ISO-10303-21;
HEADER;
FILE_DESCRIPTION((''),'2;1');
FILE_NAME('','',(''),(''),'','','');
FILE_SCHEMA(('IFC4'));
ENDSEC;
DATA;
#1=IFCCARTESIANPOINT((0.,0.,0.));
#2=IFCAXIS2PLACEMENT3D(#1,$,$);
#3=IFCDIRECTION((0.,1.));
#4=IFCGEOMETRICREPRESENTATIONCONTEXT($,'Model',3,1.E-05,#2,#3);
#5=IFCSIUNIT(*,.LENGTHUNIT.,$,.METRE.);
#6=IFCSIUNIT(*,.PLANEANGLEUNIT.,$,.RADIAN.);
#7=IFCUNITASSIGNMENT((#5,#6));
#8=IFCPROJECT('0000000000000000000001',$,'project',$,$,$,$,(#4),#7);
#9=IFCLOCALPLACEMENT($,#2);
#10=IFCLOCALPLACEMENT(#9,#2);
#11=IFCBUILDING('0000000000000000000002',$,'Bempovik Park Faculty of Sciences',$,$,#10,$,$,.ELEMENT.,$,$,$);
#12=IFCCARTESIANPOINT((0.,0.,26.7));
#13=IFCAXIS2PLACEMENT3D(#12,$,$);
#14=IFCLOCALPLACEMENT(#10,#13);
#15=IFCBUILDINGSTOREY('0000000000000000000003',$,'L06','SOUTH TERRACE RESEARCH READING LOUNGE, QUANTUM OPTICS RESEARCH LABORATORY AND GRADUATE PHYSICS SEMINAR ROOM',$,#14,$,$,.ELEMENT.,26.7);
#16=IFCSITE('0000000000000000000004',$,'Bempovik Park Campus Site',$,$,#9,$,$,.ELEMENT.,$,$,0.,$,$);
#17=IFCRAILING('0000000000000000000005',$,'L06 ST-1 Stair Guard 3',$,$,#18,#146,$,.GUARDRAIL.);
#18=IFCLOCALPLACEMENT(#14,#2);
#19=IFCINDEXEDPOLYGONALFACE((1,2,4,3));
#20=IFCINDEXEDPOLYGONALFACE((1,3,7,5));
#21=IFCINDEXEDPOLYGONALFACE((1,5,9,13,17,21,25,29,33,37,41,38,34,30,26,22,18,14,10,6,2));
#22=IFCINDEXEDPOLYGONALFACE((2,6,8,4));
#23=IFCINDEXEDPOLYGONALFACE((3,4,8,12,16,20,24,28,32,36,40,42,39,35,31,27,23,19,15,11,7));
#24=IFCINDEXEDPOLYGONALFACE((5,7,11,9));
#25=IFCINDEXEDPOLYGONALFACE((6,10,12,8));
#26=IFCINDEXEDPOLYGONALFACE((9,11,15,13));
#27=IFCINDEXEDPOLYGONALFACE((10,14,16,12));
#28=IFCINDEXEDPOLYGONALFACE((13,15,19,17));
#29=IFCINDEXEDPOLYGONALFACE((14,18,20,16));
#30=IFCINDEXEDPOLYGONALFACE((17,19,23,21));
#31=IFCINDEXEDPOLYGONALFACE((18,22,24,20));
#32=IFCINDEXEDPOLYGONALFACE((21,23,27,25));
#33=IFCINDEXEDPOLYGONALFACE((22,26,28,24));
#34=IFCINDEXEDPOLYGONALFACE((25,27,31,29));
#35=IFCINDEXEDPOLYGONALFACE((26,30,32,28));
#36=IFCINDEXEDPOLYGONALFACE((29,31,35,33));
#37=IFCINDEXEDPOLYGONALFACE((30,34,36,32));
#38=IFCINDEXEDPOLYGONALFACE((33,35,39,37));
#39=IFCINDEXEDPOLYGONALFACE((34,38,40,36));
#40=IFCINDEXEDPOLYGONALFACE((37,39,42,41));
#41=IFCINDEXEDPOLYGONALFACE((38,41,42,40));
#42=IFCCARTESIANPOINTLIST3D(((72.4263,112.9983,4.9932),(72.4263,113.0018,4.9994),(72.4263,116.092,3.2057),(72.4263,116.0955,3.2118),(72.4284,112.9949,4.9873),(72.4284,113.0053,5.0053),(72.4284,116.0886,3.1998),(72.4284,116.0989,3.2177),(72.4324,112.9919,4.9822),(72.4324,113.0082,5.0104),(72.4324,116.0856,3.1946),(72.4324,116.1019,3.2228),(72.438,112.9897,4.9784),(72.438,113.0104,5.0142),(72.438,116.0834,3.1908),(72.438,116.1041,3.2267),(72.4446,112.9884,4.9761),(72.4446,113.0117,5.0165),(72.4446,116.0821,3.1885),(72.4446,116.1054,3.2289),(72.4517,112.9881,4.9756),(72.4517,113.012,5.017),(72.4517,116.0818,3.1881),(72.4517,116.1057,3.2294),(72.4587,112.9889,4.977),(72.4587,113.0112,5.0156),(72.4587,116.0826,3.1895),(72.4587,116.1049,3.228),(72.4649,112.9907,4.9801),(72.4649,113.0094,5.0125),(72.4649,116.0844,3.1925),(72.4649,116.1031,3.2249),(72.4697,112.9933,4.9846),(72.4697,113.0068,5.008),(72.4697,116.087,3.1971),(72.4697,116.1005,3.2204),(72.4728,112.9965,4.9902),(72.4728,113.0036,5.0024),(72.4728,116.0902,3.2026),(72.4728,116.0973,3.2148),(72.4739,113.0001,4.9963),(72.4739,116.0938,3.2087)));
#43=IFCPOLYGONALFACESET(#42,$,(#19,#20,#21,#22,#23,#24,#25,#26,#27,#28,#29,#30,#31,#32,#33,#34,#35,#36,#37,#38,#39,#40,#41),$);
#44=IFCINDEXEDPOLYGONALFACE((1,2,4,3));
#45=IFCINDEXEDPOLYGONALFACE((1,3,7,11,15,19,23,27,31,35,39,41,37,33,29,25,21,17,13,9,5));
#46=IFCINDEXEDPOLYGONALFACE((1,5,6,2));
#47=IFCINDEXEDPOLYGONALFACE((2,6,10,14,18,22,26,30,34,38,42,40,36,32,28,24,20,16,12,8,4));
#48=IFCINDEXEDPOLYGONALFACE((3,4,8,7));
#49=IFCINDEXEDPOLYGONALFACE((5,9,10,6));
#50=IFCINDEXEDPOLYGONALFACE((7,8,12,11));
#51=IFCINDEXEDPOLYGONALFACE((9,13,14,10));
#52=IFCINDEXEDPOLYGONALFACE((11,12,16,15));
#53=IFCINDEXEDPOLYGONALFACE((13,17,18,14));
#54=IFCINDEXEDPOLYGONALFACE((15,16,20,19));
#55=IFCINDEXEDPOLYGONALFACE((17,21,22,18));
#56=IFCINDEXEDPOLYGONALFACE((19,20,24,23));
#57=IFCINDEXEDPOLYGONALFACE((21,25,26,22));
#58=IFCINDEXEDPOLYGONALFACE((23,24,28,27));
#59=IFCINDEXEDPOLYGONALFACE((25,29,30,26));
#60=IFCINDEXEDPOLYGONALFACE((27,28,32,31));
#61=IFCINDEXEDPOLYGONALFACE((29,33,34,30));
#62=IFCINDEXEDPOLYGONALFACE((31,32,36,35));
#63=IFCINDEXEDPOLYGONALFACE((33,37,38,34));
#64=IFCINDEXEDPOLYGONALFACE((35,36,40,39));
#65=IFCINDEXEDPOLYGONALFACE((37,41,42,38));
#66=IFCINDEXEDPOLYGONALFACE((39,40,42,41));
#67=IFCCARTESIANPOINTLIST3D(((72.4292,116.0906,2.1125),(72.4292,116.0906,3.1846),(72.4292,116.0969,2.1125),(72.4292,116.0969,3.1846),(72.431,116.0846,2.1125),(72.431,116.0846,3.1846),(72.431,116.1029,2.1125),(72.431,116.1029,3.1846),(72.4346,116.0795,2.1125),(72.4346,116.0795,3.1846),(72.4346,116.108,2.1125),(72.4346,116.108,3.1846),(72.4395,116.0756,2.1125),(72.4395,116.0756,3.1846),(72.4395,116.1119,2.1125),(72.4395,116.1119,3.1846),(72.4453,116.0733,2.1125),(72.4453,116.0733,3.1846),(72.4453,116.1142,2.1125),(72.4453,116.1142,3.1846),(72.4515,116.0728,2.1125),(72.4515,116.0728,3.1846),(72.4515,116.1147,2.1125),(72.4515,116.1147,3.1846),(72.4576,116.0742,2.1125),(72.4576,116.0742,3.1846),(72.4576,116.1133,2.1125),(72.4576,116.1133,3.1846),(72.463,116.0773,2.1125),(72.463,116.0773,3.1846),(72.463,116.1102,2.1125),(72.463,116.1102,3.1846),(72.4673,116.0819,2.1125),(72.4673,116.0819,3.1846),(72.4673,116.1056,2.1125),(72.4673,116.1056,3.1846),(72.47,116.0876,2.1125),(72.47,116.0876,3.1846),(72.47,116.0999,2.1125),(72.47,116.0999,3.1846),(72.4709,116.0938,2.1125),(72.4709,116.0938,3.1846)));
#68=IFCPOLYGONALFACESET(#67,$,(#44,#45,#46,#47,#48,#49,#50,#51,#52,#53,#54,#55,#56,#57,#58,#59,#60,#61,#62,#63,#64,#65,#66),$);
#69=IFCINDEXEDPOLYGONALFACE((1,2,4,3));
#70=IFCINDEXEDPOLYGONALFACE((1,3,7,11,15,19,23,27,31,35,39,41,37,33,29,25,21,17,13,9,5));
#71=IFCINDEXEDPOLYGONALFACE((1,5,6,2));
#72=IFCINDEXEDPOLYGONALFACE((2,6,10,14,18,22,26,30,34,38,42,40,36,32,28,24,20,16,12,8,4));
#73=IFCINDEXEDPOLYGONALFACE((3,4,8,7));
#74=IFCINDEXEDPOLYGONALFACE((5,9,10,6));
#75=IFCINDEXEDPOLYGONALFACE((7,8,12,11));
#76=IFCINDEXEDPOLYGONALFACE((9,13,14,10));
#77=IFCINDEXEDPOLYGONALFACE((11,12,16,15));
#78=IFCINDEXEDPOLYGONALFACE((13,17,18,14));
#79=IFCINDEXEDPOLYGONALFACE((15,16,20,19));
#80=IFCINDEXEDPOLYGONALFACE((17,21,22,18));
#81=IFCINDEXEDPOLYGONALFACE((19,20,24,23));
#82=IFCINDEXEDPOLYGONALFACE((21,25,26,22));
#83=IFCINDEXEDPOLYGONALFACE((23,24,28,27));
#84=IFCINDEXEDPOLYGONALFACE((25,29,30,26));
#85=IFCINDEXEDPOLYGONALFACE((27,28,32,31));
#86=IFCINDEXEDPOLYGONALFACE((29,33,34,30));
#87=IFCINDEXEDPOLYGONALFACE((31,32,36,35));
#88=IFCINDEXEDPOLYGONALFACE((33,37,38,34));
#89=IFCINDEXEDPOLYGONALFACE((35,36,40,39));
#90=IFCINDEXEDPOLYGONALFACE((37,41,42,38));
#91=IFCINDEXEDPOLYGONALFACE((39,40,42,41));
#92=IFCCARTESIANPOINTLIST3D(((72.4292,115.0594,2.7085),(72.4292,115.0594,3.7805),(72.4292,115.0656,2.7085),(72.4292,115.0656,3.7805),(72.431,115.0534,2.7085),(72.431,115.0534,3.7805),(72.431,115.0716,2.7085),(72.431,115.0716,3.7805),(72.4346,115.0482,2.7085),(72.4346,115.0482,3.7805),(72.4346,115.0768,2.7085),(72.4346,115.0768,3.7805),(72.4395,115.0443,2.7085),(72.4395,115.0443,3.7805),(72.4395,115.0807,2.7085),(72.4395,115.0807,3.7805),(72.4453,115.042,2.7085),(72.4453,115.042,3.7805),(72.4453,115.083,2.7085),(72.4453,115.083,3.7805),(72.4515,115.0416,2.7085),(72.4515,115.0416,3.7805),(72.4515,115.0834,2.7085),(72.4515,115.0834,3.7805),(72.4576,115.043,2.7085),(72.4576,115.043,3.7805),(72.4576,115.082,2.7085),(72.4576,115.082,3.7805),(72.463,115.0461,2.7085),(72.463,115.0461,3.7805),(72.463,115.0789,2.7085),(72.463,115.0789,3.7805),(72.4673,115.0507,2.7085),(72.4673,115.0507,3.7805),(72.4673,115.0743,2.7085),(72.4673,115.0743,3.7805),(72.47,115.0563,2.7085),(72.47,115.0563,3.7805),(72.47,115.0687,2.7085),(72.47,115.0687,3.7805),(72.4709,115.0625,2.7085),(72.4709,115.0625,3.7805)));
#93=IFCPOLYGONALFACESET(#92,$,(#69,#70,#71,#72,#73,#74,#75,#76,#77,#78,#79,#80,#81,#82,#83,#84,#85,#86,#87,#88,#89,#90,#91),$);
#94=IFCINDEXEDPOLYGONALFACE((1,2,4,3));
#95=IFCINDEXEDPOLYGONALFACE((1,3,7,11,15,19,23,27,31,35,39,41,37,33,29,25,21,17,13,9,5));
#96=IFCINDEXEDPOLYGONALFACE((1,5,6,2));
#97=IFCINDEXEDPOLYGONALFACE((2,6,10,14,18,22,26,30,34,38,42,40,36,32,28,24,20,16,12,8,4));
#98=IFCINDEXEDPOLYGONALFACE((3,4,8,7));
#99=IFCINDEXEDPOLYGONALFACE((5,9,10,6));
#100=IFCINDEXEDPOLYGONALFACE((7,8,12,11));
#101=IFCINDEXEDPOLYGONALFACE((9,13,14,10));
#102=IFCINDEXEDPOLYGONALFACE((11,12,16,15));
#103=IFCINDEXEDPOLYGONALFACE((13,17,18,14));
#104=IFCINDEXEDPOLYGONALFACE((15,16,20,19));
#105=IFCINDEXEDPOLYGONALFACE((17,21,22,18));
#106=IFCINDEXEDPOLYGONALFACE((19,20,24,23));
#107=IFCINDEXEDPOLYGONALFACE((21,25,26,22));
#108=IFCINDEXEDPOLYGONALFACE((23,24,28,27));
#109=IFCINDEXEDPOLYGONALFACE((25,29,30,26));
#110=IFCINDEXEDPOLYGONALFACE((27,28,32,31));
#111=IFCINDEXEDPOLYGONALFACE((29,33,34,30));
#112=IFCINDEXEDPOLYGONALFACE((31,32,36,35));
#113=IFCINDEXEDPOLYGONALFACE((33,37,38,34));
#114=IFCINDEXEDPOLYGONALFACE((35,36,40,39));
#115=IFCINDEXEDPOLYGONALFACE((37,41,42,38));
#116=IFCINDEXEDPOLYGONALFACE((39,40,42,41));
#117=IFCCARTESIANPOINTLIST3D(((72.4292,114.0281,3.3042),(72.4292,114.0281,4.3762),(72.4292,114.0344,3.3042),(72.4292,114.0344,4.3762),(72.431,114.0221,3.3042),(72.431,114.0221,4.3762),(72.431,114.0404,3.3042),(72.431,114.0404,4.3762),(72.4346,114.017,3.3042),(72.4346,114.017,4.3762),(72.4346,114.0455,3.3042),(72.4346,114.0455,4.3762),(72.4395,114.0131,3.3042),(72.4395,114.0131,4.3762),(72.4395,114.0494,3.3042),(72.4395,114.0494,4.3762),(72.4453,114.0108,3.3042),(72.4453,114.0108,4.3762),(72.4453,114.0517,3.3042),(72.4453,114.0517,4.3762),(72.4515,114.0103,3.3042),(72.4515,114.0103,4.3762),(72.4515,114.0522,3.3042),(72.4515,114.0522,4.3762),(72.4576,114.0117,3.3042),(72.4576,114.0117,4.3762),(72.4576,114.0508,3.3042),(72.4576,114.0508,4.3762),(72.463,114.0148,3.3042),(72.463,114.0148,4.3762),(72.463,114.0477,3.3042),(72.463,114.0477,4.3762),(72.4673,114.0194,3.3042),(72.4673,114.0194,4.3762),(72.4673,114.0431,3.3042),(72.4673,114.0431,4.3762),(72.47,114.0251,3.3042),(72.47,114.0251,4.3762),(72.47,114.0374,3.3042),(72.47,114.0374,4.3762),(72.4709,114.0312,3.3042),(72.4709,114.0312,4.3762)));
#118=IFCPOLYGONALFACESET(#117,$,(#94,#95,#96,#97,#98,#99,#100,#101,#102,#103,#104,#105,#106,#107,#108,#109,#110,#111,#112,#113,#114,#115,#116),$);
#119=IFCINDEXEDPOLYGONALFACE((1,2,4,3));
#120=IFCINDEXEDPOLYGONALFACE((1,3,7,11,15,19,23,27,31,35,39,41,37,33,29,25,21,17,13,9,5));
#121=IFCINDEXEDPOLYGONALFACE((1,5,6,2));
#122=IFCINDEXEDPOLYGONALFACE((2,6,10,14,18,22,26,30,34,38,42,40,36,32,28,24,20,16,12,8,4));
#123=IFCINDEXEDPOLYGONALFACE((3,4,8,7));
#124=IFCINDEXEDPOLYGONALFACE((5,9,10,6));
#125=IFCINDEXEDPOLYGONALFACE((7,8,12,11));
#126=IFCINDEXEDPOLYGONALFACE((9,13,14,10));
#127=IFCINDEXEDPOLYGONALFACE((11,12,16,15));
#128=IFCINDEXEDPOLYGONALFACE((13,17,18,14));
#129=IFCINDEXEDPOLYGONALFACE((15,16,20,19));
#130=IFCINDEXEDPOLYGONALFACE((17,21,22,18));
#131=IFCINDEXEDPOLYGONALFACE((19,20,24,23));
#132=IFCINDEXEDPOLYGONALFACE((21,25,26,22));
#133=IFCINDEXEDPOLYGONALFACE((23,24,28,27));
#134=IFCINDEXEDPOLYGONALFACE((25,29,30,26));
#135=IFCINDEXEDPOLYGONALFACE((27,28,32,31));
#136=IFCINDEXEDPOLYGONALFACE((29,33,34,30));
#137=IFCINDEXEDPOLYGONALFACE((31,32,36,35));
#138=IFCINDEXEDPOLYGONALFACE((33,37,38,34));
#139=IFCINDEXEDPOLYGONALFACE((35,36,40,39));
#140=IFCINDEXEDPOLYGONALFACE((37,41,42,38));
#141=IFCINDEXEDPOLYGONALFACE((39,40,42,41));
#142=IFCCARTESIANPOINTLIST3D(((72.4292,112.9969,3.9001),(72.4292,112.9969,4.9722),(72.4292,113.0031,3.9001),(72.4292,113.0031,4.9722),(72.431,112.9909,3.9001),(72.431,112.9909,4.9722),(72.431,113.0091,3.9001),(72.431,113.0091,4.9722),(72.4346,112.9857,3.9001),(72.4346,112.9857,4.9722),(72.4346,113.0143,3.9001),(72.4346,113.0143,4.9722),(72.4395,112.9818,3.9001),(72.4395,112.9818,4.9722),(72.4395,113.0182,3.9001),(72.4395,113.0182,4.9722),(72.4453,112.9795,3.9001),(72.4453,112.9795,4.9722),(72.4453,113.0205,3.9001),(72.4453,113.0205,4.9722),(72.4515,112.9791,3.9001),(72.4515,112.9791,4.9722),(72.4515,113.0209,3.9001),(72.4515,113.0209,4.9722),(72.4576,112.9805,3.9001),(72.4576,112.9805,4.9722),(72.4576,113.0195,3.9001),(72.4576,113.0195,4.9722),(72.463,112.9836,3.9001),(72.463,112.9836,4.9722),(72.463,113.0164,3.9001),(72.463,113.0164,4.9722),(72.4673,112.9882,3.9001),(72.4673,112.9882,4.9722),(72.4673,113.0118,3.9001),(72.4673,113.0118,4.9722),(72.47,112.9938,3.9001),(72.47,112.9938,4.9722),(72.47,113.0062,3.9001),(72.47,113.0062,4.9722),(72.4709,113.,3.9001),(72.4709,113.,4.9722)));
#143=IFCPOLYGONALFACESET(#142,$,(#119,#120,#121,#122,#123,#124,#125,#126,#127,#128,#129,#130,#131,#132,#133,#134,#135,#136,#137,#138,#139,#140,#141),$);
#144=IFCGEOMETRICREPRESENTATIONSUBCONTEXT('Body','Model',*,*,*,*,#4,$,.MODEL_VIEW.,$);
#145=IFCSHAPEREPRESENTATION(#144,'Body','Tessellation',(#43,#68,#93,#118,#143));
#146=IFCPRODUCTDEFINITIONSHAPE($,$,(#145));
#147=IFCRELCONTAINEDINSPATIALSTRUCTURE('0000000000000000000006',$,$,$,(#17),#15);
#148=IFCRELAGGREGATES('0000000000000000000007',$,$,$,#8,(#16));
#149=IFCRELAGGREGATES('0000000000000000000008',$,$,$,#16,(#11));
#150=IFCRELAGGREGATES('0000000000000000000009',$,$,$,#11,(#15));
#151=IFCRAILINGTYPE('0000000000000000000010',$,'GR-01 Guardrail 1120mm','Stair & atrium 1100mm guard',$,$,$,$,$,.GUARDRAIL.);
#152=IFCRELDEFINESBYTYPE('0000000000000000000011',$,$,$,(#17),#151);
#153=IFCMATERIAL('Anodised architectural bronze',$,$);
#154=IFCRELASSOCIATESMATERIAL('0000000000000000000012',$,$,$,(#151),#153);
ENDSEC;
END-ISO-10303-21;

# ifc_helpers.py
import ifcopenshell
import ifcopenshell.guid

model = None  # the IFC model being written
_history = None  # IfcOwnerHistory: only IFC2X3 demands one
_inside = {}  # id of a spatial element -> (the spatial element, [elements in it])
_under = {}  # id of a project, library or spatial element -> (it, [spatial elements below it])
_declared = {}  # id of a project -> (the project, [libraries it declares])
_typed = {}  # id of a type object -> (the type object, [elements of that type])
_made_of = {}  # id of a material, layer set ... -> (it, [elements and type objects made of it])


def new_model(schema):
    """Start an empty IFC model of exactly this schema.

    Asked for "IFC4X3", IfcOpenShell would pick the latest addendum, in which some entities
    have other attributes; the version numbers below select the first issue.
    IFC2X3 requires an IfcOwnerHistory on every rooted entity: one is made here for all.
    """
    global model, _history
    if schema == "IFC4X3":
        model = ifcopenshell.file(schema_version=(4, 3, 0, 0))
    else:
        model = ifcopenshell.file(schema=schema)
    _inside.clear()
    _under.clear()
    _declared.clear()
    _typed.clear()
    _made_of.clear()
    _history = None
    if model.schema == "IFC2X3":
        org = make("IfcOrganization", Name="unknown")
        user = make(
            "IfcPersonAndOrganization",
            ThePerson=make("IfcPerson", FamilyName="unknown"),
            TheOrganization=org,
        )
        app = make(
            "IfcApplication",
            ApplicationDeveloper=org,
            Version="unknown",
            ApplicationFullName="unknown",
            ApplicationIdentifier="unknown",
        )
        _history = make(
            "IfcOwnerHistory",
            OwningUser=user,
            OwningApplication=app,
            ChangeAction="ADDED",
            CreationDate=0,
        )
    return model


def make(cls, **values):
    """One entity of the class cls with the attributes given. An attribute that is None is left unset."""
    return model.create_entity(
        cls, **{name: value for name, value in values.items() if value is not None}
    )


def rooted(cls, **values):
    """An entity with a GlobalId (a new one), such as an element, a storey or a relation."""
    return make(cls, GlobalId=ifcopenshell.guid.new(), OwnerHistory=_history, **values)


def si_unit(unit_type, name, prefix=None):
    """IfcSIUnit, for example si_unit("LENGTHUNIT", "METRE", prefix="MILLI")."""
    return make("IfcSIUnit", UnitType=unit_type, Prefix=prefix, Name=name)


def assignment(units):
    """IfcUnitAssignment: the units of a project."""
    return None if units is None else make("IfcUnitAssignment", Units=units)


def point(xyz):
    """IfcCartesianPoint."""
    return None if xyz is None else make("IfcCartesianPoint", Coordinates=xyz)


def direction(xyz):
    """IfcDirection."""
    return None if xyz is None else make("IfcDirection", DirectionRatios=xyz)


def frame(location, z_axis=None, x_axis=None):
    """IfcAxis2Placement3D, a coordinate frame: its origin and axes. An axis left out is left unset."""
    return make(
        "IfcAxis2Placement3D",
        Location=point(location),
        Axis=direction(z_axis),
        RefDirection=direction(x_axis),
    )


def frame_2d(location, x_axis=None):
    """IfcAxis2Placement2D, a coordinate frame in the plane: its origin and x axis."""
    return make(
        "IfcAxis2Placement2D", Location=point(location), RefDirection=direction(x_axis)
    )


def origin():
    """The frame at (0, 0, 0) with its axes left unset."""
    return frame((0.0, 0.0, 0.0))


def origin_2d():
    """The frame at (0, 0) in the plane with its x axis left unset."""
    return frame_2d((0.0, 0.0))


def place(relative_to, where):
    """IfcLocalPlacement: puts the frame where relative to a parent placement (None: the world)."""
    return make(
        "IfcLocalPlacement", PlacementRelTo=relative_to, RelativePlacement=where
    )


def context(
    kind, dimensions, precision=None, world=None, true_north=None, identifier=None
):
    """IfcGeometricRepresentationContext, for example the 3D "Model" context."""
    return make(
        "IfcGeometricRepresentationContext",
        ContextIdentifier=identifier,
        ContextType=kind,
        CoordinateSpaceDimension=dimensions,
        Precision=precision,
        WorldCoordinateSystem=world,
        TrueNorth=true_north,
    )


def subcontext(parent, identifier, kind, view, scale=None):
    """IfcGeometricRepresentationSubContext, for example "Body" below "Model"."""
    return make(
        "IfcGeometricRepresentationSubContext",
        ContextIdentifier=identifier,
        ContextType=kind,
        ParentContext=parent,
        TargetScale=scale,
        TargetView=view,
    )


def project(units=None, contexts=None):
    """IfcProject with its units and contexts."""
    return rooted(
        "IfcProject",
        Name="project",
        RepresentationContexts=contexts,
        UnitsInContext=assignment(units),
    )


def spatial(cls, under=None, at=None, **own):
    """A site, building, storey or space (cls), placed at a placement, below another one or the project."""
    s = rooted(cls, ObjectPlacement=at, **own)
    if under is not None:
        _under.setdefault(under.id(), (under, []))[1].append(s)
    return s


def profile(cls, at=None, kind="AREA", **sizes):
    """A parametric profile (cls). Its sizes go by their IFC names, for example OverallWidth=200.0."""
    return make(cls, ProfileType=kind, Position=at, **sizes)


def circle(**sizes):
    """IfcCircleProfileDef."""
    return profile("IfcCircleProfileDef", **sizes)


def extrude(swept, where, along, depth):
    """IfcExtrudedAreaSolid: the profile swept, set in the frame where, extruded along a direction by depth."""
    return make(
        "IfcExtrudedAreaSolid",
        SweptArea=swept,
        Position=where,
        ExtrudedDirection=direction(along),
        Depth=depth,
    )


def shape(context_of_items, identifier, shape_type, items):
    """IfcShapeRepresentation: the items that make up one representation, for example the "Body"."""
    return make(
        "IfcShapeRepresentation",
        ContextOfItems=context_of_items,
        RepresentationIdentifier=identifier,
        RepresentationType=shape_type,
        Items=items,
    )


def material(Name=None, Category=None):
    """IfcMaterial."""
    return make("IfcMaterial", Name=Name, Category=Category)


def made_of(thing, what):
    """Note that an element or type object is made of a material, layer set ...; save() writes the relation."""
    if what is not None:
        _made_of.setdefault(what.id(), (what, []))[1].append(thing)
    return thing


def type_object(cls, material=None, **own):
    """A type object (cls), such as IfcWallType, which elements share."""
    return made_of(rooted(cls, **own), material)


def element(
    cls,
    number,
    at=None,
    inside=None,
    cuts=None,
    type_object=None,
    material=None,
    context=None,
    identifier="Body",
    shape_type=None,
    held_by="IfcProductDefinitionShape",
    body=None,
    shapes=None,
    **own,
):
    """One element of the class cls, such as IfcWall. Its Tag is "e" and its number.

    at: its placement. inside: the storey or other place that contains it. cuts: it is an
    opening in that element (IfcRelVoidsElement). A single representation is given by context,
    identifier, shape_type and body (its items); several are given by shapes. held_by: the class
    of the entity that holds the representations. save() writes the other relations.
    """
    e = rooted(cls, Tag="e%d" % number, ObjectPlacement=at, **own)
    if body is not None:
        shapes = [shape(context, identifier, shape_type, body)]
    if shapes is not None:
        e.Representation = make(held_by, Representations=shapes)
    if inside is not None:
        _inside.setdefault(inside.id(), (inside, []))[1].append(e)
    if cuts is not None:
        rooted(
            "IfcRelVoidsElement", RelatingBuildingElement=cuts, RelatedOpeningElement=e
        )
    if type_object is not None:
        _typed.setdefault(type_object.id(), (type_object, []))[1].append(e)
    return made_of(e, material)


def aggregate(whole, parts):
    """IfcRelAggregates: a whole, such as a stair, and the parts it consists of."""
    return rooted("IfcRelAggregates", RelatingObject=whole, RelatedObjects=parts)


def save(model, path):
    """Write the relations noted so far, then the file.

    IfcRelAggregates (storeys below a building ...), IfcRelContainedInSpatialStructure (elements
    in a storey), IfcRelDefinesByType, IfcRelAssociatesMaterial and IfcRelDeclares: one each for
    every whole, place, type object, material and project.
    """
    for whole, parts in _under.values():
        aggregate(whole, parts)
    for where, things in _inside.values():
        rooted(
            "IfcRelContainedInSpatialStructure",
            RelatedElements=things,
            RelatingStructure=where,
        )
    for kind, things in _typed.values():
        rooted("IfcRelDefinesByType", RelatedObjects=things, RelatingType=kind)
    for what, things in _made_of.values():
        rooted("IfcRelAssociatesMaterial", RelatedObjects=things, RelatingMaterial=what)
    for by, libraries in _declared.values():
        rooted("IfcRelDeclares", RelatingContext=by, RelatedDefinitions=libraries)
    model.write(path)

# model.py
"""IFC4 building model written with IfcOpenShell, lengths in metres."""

from ifc_helpers import new_model, si_unit, direction, frame, origin, origin_2d, place, context, subcontext, project, spatial, circle, extrude, material, type_object, element, save


model = new_model("IFC4")

# Units and contexts
model_context = context("Model", 3, precision=1e-05, world=origin(), true_north=direction((0.0, 1.0)))
body_context = subcontext(model_context, "Body", "Model", "MODEL_VIEW")
ifc_project = project(units=[si_unit("LENGTHUNIT", "METRE"), si_unit("PLANEANGLEUNIT", "RADIAN")], contexts=[model_context])

# Site, building, storey
site_placement = place(None, origin())
site = spatial("IfcSite", under=ifc_project, at=site_placement, Name="Bempovik Park Campus Site", CompositionType="ELEMENT", RefElevation=0.0)
building_placement = place(site_placement, origin())
building = spatial("IfcBuilding", under=site, at=building_placement, Name="Bempovik Park Faculty of Sciences", CompositionType="ELEMENT")
storey_placement = place(building_placement, frame((0.0, 0.0, 26.7)))
storey = spatial("IfcBuildingStorey", under=building, at=storey_placement, Name="L06", Description="SOUTH TERRACE RESEARCH READING LOUNGE, QUANTUM OPTICS RESEARCH LABORATORY AND GRADUATE PHYSICS SEMINAR ROOM", CompositionType="ELEMENT", Elevation=26.7)

# Railing
ifc_material_1 = material(Name="Anodised architectural bronze")
railing_type_1 = type_object("IfcRailingType", Name="GR-01 Guardrail 1120mm", Description="Stair & atrium 1100mm guard", PredefinedType="GUARDRAIL", material=ifc_material_1)
railing_1_placement = place(storey_placement, frame((72.45, 116.0938, 2.1125)))
element("IfcRailing", 1, at=railing_1_placement, inside=storey, type_object=railing_type_1, Name="L06 ST-1 Stair Guard 3", PredefinedType="GUARDRAIL", context=body_context, shape_type="SweptSolid", body=[
    extrude(circle(Radius=0.0239, at=origin_2d()), frame((0.0, 0.0, 1.0962), z_axis=(0.0, -0.865853, 0.500298), x_axis=(1.0, 0.0, 0.0)), (0.0, 0.0, 1.0), 3.573),
    extrude(circle(Radius=0.021, at=origin_2d()), origin(), (0.0, 0.0, 1.0), 1.072),
    extrude(circle(Radius=0.021, at=origin_2d()), frame((0.0, -1.0312, 0.5959)), (0.0, 0.0, 1.0), 1.072),
    extrude(circle(Radius=0.021, at=origin_2d()), frame((0.0, -2.0625, 1.1917)), (0.0, 0.0, 1.0), 1.072),
    extrude(circle(Radius=0.021, at=origin_2d()), frame((0.0, -3.0938, 1.7876)), (0.0, 0.0, 1.0), 1.072),
])

save(model, "model.ifc")
